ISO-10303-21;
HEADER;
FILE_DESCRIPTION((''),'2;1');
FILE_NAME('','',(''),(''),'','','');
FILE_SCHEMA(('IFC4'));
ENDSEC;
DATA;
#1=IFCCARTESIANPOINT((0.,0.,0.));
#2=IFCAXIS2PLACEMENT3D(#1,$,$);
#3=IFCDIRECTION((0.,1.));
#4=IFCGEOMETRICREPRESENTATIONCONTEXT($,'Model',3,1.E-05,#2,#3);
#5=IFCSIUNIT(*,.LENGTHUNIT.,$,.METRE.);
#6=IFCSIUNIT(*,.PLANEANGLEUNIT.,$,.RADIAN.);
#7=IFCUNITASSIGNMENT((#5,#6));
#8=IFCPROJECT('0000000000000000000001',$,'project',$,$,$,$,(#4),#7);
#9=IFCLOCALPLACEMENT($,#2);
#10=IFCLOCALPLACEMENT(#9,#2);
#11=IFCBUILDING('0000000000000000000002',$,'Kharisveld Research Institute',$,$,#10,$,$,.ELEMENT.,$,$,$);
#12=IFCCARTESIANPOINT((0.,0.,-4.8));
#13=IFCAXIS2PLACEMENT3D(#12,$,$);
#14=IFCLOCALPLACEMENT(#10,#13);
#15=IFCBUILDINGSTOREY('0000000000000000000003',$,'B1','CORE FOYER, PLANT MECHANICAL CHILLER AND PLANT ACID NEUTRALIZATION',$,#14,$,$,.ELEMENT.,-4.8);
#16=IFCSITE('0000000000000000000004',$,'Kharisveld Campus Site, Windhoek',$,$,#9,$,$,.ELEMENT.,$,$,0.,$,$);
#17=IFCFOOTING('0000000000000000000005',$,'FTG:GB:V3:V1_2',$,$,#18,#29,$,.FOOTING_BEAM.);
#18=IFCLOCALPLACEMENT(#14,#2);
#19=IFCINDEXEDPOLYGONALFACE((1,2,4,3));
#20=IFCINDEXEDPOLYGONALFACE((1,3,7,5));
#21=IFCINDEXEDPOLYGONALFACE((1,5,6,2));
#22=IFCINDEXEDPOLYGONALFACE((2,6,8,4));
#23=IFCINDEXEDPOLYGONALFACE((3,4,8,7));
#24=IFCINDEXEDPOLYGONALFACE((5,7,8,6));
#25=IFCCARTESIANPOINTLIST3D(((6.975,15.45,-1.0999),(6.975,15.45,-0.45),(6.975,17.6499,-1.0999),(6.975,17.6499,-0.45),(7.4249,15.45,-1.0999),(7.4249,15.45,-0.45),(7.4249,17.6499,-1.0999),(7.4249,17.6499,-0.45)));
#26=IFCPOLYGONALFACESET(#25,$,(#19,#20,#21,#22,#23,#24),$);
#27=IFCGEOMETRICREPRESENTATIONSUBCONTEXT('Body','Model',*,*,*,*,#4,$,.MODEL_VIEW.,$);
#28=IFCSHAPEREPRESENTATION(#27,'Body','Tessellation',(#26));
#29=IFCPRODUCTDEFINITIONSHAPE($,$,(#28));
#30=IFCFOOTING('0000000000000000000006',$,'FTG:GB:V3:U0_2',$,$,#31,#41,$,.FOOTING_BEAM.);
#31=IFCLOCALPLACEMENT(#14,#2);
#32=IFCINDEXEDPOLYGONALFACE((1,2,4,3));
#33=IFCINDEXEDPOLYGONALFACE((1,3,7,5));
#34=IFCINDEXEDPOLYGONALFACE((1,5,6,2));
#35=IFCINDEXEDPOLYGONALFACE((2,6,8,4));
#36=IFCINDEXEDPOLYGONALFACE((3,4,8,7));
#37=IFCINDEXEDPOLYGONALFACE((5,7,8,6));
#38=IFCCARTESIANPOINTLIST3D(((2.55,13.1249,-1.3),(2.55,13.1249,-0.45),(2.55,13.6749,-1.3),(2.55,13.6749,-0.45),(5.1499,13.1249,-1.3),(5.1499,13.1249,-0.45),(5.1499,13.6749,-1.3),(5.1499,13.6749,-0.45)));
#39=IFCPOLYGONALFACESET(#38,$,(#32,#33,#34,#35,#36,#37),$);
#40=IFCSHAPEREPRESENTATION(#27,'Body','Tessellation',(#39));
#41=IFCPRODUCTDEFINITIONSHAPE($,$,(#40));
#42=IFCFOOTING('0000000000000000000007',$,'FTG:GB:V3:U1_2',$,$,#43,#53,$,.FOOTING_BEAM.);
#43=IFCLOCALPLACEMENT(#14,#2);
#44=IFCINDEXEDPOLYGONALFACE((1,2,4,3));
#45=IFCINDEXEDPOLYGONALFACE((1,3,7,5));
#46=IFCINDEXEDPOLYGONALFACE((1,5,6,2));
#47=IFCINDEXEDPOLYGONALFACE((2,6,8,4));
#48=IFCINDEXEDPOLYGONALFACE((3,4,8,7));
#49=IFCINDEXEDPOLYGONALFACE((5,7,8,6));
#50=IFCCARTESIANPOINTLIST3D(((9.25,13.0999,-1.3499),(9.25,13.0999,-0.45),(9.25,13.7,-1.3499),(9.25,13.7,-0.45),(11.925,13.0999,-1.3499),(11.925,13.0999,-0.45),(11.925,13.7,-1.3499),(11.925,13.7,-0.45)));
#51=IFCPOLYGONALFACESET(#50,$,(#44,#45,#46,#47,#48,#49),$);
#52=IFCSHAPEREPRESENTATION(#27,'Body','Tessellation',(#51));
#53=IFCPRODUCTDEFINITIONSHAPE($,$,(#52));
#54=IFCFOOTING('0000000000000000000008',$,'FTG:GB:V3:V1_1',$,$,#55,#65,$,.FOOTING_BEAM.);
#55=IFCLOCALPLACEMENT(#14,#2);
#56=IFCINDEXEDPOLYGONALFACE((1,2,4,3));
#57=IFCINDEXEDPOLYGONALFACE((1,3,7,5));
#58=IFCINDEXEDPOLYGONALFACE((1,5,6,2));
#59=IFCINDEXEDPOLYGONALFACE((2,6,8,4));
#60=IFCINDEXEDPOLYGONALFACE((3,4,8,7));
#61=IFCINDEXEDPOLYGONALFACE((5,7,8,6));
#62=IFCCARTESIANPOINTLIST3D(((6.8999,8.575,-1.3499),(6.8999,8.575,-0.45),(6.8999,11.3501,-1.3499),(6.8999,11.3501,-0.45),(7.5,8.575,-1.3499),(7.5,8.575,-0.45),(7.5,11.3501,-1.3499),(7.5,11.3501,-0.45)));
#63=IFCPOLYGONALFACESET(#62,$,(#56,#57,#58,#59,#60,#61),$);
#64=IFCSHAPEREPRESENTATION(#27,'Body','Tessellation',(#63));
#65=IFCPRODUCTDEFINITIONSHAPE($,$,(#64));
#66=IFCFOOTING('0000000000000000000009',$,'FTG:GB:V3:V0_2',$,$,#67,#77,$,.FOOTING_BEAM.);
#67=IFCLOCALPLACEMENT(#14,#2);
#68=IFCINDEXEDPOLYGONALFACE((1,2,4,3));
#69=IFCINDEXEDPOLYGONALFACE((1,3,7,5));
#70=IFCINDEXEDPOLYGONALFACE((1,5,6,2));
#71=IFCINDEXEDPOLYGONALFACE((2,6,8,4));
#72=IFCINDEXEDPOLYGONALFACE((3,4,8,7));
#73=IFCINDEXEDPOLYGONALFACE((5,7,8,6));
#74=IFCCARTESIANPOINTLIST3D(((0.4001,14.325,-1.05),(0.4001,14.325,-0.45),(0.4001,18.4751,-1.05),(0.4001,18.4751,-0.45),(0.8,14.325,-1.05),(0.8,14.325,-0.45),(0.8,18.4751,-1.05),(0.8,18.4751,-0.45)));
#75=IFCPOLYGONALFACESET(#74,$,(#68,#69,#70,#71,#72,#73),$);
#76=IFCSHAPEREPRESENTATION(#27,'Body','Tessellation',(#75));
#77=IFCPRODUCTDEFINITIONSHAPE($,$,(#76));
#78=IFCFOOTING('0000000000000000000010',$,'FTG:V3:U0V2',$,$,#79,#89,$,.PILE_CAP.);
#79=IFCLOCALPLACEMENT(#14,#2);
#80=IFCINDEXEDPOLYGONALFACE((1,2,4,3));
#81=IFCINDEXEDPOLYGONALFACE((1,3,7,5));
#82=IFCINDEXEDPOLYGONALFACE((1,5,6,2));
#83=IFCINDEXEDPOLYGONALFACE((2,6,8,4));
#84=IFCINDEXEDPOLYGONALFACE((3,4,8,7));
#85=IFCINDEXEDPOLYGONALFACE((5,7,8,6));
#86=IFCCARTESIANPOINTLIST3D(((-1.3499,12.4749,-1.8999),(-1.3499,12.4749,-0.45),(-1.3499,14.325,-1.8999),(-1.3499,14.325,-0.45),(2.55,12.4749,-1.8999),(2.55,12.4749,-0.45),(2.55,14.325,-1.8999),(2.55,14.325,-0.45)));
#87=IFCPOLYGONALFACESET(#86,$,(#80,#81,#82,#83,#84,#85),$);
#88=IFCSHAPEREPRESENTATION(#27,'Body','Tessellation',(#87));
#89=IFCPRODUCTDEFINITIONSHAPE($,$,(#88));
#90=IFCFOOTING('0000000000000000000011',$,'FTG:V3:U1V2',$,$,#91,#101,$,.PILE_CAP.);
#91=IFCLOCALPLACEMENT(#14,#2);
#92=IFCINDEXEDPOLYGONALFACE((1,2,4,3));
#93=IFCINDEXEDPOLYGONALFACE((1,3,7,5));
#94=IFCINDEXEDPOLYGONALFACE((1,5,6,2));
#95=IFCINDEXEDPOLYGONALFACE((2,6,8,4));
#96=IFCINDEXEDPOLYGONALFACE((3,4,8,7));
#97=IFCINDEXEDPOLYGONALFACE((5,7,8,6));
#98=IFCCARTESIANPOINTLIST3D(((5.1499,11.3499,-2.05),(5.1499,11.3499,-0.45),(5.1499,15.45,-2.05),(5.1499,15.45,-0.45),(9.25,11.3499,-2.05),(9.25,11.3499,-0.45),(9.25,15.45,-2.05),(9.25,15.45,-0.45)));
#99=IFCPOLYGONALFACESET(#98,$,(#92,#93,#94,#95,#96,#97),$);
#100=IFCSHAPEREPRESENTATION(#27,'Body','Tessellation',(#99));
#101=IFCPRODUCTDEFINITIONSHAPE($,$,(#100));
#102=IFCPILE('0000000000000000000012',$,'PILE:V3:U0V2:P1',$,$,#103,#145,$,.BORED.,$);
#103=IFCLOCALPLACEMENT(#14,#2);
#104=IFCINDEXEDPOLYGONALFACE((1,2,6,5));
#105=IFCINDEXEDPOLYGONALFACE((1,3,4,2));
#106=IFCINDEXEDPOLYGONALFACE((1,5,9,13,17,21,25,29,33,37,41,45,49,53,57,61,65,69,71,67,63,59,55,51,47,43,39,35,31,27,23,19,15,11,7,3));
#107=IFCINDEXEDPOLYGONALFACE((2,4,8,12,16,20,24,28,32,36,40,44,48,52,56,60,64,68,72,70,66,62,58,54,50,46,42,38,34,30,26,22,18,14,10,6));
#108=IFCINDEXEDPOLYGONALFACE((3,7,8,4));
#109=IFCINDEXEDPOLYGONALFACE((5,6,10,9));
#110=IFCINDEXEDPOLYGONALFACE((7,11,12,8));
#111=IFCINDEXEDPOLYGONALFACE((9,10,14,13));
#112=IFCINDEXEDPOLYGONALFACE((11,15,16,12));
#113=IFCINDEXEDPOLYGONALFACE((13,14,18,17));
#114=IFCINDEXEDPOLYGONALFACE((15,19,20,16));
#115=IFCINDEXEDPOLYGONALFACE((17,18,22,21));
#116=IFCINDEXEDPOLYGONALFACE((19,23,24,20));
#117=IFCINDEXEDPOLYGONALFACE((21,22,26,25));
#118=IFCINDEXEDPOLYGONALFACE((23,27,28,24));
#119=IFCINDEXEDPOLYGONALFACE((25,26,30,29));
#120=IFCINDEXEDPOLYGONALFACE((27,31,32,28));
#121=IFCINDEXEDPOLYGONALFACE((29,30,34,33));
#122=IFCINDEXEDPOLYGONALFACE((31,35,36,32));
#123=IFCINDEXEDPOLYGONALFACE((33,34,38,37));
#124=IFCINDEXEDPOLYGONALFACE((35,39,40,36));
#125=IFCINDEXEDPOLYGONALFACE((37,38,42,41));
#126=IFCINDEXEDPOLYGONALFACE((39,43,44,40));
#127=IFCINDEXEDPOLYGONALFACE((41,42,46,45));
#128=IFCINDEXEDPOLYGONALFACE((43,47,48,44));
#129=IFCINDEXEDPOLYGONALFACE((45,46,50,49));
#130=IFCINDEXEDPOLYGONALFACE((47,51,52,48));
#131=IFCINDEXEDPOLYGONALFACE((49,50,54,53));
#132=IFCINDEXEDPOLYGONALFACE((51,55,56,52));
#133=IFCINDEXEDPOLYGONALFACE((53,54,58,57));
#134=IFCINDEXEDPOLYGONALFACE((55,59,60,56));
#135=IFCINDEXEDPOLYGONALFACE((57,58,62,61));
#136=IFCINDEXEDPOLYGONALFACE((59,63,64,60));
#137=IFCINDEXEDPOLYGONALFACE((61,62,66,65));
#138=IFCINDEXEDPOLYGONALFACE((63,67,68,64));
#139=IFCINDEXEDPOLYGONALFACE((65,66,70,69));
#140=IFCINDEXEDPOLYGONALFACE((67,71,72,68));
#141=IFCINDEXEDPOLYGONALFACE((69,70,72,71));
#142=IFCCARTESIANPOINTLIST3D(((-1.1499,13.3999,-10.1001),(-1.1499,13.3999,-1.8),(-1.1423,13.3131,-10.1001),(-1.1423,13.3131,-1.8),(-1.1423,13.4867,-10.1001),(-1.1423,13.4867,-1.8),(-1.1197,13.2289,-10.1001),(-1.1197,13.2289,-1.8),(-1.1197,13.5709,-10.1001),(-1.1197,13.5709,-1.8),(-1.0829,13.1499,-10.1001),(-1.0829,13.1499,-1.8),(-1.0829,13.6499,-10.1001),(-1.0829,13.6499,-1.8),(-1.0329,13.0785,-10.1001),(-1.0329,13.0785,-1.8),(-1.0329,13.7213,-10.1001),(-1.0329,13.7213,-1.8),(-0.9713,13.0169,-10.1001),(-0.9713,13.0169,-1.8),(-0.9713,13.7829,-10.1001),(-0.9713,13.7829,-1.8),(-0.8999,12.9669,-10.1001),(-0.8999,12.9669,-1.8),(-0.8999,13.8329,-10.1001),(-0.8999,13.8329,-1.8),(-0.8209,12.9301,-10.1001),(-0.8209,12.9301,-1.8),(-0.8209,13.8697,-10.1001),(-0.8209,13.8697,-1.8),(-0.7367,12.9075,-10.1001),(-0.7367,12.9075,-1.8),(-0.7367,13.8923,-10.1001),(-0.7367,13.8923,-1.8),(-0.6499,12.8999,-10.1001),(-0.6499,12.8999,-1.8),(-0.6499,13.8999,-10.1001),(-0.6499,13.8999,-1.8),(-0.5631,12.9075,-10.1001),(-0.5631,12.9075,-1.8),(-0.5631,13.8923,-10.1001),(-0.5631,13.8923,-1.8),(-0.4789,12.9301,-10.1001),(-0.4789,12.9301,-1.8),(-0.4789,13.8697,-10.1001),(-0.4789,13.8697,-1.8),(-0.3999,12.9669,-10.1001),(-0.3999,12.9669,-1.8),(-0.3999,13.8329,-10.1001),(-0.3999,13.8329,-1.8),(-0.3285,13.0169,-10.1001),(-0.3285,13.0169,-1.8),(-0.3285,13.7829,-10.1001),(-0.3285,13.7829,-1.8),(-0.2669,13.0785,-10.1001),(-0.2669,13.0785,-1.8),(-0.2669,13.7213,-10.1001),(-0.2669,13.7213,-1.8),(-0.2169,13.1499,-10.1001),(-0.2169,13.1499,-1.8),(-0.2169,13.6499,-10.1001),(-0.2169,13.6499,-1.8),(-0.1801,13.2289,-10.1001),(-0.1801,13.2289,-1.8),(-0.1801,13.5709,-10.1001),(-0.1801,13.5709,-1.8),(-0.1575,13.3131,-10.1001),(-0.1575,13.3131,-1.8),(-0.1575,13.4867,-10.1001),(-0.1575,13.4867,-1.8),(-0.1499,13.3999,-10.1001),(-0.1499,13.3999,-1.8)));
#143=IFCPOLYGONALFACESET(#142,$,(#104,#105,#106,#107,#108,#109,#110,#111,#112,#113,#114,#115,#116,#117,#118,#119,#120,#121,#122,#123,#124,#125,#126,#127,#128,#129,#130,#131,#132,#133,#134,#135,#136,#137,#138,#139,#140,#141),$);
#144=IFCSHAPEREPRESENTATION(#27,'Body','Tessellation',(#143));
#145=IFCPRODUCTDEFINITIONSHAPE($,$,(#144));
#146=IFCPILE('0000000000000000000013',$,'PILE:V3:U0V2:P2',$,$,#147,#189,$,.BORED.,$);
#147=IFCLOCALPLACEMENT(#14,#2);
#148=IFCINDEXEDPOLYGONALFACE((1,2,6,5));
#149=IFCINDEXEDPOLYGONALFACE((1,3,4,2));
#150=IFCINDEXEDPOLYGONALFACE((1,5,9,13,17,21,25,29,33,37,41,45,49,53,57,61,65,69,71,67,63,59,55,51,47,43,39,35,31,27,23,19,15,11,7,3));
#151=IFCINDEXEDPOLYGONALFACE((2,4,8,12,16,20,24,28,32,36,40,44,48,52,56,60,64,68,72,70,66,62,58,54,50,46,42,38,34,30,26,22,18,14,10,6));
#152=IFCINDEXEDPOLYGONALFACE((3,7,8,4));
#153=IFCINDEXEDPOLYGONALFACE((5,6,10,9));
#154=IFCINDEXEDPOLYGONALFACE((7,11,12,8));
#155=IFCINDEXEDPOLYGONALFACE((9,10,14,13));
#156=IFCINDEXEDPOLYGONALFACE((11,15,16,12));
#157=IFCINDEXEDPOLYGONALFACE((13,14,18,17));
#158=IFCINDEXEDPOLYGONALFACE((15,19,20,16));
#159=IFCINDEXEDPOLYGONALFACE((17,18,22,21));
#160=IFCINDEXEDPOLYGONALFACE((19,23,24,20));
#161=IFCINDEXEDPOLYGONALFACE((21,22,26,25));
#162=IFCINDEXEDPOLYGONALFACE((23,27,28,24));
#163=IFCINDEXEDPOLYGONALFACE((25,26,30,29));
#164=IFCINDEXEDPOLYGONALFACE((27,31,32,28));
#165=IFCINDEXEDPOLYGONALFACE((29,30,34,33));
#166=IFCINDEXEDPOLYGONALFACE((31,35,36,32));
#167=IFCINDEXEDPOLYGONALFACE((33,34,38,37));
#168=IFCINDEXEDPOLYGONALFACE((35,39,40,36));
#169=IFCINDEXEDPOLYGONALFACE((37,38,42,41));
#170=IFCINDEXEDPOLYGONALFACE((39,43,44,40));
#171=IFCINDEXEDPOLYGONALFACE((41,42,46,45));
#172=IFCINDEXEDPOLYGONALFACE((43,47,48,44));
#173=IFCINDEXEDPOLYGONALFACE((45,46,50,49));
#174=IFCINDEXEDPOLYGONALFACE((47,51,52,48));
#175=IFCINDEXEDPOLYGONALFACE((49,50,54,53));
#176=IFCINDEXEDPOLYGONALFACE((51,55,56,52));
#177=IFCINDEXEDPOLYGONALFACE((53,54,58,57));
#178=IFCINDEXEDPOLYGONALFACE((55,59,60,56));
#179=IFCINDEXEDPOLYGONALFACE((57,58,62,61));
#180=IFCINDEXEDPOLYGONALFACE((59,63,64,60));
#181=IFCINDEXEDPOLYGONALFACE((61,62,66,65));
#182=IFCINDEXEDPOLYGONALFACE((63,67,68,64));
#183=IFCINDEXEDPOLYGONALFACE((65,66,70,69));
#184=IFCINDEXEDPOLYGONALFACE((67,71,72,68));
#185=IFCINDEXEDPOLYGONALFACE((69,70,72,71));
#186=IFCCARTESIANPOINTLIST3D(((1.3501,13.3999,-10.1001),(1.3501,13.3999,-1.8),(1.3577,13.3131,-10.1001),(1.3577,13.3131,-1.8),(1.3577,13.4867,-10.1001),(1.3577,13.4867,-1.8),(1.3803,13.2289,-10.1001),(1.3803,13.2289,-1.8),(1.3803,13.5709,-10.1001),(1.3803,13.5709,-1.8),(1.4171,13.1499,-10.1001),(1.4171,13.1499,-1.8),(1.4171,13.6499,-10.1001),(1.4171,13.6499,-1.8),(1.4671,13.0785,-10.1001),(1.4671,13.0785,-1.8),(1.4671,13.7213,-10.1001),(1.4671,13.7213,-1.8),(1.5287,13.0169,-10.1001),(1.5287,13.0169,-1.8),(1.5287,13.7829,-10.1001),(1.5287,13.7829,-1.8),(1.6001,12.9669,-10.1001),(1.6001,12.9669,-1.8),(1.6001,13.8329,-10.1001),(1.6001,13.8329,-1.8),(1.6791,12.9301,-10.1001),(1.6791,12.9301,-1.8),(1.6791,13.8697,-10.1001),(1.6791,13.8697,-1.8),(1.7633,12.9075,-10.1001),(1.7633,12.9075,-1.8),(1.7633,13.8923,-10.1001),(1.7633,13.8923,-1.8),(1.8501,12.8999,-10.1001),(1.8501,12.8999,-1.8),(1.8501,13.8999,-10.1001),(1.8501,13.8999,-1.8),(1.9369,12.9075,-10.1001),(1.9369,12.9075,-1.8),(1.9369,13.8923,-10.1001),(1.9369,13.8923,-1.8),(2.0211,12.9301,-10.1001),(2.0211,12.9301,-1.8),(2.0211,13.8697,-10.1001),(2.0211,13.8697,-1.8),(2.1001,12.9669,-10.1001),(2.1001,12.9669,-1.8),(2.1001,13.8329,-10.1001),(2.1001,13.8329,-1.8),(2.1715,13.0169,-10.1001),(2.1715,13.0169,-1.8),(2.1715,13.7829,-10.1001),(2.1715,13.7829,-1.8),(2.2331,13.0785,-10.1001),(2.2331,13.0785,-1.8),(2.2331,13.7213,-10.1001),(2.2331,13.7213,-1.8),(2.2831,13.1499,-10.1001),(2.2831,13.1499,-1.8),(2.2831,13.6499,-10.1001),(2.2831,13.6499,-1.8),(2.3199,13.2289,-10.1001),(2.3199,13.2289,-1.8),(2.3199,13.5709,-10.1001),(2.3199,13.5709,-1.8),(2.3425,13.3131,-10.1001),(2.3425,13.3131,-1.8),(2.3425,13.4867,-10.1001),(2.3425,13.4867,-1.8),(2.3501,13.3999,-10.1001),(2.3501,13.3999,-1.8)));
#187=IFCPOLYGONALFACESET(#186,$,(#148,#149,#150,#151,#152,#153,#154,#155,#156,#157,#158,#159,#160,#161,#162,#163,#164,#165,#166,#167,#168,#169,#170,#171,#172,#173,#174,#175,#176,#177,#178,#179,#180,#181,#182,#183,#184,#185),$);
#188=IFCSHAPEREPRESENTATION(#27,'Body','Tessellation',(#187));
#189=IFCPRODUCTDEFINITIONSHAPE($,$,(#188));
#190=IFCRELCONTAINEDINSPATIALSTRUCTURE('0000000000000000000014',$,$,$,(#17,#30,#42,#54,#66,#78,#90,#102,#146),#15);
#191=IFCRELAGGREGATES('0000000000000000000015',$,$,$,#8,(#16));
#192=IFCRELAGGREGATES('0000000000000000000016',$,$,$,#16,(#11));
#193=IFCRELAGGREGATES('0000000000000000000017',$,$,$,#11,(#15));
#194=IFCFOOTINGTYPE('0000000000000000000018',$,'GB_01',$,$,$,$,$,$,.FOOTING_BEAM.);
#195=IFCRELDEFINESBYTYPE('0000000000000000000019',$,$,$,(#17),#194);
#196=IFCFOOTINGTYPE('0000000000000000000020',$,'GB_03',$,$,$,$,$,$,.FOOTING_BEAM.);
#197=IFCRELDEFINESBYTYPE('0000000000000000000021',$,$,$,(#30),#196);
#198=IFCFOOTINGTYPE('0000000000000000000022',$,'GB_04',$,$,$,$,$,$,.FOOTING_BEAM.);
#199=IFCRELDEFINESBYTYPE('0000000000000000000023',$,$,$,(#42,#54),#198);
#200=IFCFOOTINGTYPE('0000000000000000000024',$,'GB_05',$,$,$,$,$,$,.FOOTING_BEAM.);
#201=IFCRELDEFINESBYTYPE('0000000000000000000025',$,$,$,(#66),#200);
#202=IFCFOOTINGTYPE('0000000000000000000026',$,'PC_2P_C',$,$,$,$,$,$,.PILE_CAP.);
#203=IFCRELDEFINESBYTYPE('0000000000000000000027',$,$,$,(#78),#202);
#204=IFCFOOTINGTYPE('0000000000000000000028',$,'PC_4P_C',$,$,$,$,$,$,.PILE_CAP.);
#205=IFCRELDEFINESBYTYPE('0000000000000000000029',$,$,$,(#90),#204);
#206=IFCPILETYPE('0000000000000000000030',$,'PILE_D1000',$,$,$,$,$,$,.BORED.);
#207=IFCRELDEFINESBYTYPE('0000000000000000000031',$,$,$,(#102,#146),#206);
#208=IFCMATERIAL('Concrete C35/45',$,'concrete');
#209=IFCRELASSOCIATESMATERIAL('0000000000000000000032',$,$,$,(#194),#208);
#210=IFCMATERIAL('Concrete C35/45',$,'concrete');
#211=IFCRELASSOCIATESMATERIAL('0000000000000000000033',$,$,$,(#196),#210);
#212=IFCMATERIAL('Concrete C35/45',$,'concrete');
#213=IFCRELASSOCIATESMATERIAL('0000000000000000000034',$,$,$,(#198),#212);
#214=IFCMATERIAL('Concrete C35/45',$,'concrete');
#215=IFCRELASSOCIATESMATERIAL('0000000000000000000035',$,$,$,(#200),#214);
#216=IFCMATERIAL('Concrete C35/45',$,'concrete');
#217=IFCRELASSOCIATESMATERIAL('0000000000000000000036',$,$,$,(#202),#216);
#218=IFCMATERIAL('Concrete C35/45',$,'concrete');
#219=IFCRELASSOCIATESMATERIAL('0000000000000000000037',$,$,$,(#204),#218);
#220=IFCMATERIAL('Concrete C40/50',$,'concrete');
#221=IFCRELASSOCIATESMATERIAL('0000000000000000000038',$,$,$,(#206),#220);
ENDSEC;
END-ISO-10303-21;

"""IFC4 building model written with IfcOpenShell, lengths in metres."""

from ifc_helpers import new_model, si_unit, direction, frame, origin, origin_2d, place, context, subcontext, project, spatial, rectangle, circle, extrude, material, material_profile, profile_set, type_object, element, save


model = new_model("IFC4")

# Units and contexts
model_context = context("Model", 3, precision=1e-05, world=origin(), true_north=direction((0.0, 1.0)))
body_context = subcontext(model_context, "Body", "Model", "MODEL_VIEW")
ifc_project = project(units=[si_unit("LENGTHUNIT", "METRE"), si_unit("PLANEANGLEUNIT", "RADIAN")], contexts=[model_context])

# Site, building, storey
site_placement = place(None, origin())
site = spatial("IfcSite", under=ifc_project, at=site_placement, Name="Kharisveld Campus Site, Windhoek", CompositionType="ELEMENT", RefElevation=0.0)
building_placement = place(site_placement, origin())
building = spatial("IfcBuilding", under=site, at=building_placement, Name="Kharisveld Research Institute", CompositionType="ELEMENT")
storey_placement = place(building_placement, frame((0.0, 0.0, -4.8)))
storey = spatial("IfcBuildingStorey", under=building, at=storey_placement, Name="B1", Description="CORE FOYER, PLANT MECHANICAL CHILLER AND PLANT ACID NEUTRALIZATION", CompositionType="ELEMENT", Elevation=-4.8)

# Footings
ifc_material_1 = material(Name="Concrete C35/45", Category="concrete")
ifc_material_profile_1 = material_profile(ifc_material_1, rectangle(XDim=0.45, YDim=0.6499, at=origin_2d()))
ifc_profile_set_1 = profile_set([ifc_material_profile_1], Name="Concrete C35/45")
footing_type_1 = type_object("IfcFootingType", Name="GB_01", PredefinedType="FOOTING_BEAM", material=ifc_profile_set_1)
footing_1_placement = place(storey_placement, frame((7.2, 15.45, -0.7749), z_axis=(0.0, 1.0, 0.0), x_axis=(-1.0, 0.0, 0.0)))
element("IfcFooting", 1, at=footing_1_placement, inside=storey, type_object=footing_type_1, Name="FTG:GB:V3:V1_2", PredefinedType="FOOTING_BEAM", context=body_context, shape_type="SweptSolid", body=[
    extrude(rectangle(XDim=0.45, YDim=0.6499, at=origin_2d()), origin(), (0.0, 0.0, 1.0), 2.2),
])
ifc_material_2 = material(Name="Concrete C35/45", Category="concrete")
ifc_material_profile_2 = material_profile(ifc_material_2, rectangle(XDim=0.55, YDim=0.8501, at=origin_2d()))
ifc_profile_set_2 = profile_set([ifc_material_profile_2], Name="Concrete C35/45")
footing_type_2 = type_object("IfcFootingType", Name="GB_03", PredefinedType="FOOTING_BEAM", material=ifc_profile_set_2)
footing_2_placement = place(storey_placement, frame((2.55, 13.3999, -0.875), z_axis=(1.0, 0.0, 0.0), x_axis=(0.0, 1.0, 0.0)))
element("IfcFooting", 2, at=footing_2_placement, inside=storey, type_object=footing_type_2, Name="FTG:GB:V3:U0_2", PredefinedType="FOOTING_BEAM", context=body_context, shape_type="SweptSolid", body=[
    extrude(rectangle(XDim=0.55, YDim=0.8501, at=origin_2d()), origin(), (0.0, 0.0, 1.0), 2.5999),
])
ifc_material_3 = material(Name="Concrete C35/45", Category="concrete")
ifc_material_profile_3 = material_profile(ifc_material_3, rectangle(XDim=0.6001, YDim=0.8999, at=origin_2d()))
ifc_profile_set_3 = profile_set([ifc_material_profile_3], Name="Concrete C35/45")
footing_type_3 = type_object("IfcFootingType", Name="GB_04", PredefinedType="FOOTING_BEAM", material=ifc_profile_set_3)
footing_3_placement = place(storey_placement, frame((9.25, 13.3999, -0.8999), z_axis=(1.0, 0.0, 0.0), x_axis=(0.0, 1.0, 0.0)))
element("IfcFooting", 3, at=footing_3_placement, inside=storey, type_object=footing_type_3, Name="FTG:GB:V3:U1_2", PredefinedType="FOOTING_BEAM", context=body_context, shape_type="SweptSolid", body=[
    extrude(rectangle(XDim=0.6001, YDim=0.8999, at=origin_2d()), origin(), (0.0, 0.0, 1.0), 2.675),
])
footing_4_placement = place(storey_placement, frame((7.2, 8.575, -0.8999), z_axis=(0.0, 1.0, 0.0), x_axis=(-1.0, 0.0, 0.0)))
element("IfcFooting", 4, at=footing_4_placement, inside=storey, type_object=footing_type_3, Name="FTG:GB:V3:V1_1", PredefinedType="FOOTING_BEAM", context=body_context, shape_type="SweptSolid", body=[
    extrude(rectangle(XDim=0.6001, YDim=0.8999, at=origin_2d()), origin(), (0.0, 0.0, 1.0), 2.7751),
])
ifc_material_4 = material(Name="Concrete C35/45", Category="concrete")
ifc_material_profile_4 = material_profile(ifc_material_4, rectangle(XDim=0.3999, YDim=0.6001, at=origin_2d()))
ifc_profile_set_4 = profile_set([ifc_material_profile_4], Name="Concrete C35/45")
footing_type_4 = type_object("IfcFootingType", Name="GB_05", PredefinedType="FOOTING_BEAM", material=ifc_profile_set_4)
footing_5_placement = place(storey_placement, frame((0.6001, 14.325, -0.75), z_axis=(0.0, 1.0, 0.0), x_axis=(-1.0, 0.0, 0.0)))
element("IfcFooting", 5, at=footing_5_placement, inside=storey, type_object=footing_type_4, Name="FTG:GB:V3:V0_2", PredefinedType="FOOTING_BEAM", context=body_context, shape_type="SweptSolid", body=[
    extrude(rectangle(XDim=0.3999, YDim=0.6001, at=origin_2d()), origin(), (0.0, 0.0, 1.0), 4.1501),
])
ifc_material_5 = material(Name="Concrete C35/45", Category="concrete")
footing_type_5 = type_object("IfcFootingType", Name="PC_2P_C", PredefinedType="PILE_CAP", material=ifc_material_5)
footing_6_placement = place(storey_placement, frame((0.6001, 13.3999, -1.8999), z_axis=(0.0, 0.0, 1.0), x_axis=(1.0, 0.0, 0.0)))
element("IfcFooting", 6, at=footing_6_placement, inside=storey, type_object=footing_type_5, Name="FTG:V3:U0V2", PredefinedType="PILE_CAP", context=body_context, shape_type="SweptSolid", body=[
    extrude(rectangle(XDim=3.8999, YDim=1.8501, at=origin_2d()), origin(), (0.0, 0.0, 1.0), 1.45),
])
ifc_material_6 = material(Name="Concrete C35/45", Category="concrete")
footing_type_6 = type_object("IfcFootingType", Name="PC_4P_C", PredefinedType="PILE_CAP", material=ifc_material_6)
footing_7_placement = place(storey_placement, frame((7.2, 13.3999, -2.05), z_axis=(0.0, 0.0, 1.0), x_axis=(1.0, 0.0, 0.0)))
element("IfcFooting", 7, at=footing_7_placement, inside=storey, type_object=footing_type_6, Name="FTG:V3:U1V2", PredefinedType="PILE_CAP", context=body_context, shape_type="SweptSolid", body=[
    extrude(rectangle(XDim=4.1001, YDim=4.1001, at=origin_2d()), origin(), (0.0, 0.0, 1.0), 1.6001),
])

# Piles
ifc_material_7 = material(Name="Concrete C40/50", Category="concrete")
ifc_material_profile_5 = material_profile(ifc_material_7, circle(Radius=0.5, at=origin_2d()))
ifc_profile_set_5 = profile_set([ifc_material_profile_5], Name="Concrete C40/50")
pile_type_1 = type_object("IfcPileType", Name="PILE_D1000", PredefinedType="BORED", material=ifc_profile_set_5)
for number, where, z_axis, x_axis, name in (
    (8, (-0.6499, 13.3999, -1.8), (0.0, 0.0, -1.0), (1.0, 0.0, 0.0), "PILE:V3:U0V2:P1"),
    (9, (1.8501, 13.3999, -1.8), (0.0, 0.0, -1.0), (1.0, 0.0, 0.0), "PILE:V3:U0V2:P2"),
):
    element("IfcPile", number, at=place(storey_placement, frame(where, z_axis=z_axis, x_axis=x_axis)), inside=storey, type_object=pile_type_1, Name=name, PredefinedType="BORED", context=body_context, shape_type="SweptSolid", body=[
        extrude(circle(Radius=0.5, at=origin_2d()), origin(), (0.0, 0.0, 1.0), 8.3),
    ])

save(model, "model.ifc")
